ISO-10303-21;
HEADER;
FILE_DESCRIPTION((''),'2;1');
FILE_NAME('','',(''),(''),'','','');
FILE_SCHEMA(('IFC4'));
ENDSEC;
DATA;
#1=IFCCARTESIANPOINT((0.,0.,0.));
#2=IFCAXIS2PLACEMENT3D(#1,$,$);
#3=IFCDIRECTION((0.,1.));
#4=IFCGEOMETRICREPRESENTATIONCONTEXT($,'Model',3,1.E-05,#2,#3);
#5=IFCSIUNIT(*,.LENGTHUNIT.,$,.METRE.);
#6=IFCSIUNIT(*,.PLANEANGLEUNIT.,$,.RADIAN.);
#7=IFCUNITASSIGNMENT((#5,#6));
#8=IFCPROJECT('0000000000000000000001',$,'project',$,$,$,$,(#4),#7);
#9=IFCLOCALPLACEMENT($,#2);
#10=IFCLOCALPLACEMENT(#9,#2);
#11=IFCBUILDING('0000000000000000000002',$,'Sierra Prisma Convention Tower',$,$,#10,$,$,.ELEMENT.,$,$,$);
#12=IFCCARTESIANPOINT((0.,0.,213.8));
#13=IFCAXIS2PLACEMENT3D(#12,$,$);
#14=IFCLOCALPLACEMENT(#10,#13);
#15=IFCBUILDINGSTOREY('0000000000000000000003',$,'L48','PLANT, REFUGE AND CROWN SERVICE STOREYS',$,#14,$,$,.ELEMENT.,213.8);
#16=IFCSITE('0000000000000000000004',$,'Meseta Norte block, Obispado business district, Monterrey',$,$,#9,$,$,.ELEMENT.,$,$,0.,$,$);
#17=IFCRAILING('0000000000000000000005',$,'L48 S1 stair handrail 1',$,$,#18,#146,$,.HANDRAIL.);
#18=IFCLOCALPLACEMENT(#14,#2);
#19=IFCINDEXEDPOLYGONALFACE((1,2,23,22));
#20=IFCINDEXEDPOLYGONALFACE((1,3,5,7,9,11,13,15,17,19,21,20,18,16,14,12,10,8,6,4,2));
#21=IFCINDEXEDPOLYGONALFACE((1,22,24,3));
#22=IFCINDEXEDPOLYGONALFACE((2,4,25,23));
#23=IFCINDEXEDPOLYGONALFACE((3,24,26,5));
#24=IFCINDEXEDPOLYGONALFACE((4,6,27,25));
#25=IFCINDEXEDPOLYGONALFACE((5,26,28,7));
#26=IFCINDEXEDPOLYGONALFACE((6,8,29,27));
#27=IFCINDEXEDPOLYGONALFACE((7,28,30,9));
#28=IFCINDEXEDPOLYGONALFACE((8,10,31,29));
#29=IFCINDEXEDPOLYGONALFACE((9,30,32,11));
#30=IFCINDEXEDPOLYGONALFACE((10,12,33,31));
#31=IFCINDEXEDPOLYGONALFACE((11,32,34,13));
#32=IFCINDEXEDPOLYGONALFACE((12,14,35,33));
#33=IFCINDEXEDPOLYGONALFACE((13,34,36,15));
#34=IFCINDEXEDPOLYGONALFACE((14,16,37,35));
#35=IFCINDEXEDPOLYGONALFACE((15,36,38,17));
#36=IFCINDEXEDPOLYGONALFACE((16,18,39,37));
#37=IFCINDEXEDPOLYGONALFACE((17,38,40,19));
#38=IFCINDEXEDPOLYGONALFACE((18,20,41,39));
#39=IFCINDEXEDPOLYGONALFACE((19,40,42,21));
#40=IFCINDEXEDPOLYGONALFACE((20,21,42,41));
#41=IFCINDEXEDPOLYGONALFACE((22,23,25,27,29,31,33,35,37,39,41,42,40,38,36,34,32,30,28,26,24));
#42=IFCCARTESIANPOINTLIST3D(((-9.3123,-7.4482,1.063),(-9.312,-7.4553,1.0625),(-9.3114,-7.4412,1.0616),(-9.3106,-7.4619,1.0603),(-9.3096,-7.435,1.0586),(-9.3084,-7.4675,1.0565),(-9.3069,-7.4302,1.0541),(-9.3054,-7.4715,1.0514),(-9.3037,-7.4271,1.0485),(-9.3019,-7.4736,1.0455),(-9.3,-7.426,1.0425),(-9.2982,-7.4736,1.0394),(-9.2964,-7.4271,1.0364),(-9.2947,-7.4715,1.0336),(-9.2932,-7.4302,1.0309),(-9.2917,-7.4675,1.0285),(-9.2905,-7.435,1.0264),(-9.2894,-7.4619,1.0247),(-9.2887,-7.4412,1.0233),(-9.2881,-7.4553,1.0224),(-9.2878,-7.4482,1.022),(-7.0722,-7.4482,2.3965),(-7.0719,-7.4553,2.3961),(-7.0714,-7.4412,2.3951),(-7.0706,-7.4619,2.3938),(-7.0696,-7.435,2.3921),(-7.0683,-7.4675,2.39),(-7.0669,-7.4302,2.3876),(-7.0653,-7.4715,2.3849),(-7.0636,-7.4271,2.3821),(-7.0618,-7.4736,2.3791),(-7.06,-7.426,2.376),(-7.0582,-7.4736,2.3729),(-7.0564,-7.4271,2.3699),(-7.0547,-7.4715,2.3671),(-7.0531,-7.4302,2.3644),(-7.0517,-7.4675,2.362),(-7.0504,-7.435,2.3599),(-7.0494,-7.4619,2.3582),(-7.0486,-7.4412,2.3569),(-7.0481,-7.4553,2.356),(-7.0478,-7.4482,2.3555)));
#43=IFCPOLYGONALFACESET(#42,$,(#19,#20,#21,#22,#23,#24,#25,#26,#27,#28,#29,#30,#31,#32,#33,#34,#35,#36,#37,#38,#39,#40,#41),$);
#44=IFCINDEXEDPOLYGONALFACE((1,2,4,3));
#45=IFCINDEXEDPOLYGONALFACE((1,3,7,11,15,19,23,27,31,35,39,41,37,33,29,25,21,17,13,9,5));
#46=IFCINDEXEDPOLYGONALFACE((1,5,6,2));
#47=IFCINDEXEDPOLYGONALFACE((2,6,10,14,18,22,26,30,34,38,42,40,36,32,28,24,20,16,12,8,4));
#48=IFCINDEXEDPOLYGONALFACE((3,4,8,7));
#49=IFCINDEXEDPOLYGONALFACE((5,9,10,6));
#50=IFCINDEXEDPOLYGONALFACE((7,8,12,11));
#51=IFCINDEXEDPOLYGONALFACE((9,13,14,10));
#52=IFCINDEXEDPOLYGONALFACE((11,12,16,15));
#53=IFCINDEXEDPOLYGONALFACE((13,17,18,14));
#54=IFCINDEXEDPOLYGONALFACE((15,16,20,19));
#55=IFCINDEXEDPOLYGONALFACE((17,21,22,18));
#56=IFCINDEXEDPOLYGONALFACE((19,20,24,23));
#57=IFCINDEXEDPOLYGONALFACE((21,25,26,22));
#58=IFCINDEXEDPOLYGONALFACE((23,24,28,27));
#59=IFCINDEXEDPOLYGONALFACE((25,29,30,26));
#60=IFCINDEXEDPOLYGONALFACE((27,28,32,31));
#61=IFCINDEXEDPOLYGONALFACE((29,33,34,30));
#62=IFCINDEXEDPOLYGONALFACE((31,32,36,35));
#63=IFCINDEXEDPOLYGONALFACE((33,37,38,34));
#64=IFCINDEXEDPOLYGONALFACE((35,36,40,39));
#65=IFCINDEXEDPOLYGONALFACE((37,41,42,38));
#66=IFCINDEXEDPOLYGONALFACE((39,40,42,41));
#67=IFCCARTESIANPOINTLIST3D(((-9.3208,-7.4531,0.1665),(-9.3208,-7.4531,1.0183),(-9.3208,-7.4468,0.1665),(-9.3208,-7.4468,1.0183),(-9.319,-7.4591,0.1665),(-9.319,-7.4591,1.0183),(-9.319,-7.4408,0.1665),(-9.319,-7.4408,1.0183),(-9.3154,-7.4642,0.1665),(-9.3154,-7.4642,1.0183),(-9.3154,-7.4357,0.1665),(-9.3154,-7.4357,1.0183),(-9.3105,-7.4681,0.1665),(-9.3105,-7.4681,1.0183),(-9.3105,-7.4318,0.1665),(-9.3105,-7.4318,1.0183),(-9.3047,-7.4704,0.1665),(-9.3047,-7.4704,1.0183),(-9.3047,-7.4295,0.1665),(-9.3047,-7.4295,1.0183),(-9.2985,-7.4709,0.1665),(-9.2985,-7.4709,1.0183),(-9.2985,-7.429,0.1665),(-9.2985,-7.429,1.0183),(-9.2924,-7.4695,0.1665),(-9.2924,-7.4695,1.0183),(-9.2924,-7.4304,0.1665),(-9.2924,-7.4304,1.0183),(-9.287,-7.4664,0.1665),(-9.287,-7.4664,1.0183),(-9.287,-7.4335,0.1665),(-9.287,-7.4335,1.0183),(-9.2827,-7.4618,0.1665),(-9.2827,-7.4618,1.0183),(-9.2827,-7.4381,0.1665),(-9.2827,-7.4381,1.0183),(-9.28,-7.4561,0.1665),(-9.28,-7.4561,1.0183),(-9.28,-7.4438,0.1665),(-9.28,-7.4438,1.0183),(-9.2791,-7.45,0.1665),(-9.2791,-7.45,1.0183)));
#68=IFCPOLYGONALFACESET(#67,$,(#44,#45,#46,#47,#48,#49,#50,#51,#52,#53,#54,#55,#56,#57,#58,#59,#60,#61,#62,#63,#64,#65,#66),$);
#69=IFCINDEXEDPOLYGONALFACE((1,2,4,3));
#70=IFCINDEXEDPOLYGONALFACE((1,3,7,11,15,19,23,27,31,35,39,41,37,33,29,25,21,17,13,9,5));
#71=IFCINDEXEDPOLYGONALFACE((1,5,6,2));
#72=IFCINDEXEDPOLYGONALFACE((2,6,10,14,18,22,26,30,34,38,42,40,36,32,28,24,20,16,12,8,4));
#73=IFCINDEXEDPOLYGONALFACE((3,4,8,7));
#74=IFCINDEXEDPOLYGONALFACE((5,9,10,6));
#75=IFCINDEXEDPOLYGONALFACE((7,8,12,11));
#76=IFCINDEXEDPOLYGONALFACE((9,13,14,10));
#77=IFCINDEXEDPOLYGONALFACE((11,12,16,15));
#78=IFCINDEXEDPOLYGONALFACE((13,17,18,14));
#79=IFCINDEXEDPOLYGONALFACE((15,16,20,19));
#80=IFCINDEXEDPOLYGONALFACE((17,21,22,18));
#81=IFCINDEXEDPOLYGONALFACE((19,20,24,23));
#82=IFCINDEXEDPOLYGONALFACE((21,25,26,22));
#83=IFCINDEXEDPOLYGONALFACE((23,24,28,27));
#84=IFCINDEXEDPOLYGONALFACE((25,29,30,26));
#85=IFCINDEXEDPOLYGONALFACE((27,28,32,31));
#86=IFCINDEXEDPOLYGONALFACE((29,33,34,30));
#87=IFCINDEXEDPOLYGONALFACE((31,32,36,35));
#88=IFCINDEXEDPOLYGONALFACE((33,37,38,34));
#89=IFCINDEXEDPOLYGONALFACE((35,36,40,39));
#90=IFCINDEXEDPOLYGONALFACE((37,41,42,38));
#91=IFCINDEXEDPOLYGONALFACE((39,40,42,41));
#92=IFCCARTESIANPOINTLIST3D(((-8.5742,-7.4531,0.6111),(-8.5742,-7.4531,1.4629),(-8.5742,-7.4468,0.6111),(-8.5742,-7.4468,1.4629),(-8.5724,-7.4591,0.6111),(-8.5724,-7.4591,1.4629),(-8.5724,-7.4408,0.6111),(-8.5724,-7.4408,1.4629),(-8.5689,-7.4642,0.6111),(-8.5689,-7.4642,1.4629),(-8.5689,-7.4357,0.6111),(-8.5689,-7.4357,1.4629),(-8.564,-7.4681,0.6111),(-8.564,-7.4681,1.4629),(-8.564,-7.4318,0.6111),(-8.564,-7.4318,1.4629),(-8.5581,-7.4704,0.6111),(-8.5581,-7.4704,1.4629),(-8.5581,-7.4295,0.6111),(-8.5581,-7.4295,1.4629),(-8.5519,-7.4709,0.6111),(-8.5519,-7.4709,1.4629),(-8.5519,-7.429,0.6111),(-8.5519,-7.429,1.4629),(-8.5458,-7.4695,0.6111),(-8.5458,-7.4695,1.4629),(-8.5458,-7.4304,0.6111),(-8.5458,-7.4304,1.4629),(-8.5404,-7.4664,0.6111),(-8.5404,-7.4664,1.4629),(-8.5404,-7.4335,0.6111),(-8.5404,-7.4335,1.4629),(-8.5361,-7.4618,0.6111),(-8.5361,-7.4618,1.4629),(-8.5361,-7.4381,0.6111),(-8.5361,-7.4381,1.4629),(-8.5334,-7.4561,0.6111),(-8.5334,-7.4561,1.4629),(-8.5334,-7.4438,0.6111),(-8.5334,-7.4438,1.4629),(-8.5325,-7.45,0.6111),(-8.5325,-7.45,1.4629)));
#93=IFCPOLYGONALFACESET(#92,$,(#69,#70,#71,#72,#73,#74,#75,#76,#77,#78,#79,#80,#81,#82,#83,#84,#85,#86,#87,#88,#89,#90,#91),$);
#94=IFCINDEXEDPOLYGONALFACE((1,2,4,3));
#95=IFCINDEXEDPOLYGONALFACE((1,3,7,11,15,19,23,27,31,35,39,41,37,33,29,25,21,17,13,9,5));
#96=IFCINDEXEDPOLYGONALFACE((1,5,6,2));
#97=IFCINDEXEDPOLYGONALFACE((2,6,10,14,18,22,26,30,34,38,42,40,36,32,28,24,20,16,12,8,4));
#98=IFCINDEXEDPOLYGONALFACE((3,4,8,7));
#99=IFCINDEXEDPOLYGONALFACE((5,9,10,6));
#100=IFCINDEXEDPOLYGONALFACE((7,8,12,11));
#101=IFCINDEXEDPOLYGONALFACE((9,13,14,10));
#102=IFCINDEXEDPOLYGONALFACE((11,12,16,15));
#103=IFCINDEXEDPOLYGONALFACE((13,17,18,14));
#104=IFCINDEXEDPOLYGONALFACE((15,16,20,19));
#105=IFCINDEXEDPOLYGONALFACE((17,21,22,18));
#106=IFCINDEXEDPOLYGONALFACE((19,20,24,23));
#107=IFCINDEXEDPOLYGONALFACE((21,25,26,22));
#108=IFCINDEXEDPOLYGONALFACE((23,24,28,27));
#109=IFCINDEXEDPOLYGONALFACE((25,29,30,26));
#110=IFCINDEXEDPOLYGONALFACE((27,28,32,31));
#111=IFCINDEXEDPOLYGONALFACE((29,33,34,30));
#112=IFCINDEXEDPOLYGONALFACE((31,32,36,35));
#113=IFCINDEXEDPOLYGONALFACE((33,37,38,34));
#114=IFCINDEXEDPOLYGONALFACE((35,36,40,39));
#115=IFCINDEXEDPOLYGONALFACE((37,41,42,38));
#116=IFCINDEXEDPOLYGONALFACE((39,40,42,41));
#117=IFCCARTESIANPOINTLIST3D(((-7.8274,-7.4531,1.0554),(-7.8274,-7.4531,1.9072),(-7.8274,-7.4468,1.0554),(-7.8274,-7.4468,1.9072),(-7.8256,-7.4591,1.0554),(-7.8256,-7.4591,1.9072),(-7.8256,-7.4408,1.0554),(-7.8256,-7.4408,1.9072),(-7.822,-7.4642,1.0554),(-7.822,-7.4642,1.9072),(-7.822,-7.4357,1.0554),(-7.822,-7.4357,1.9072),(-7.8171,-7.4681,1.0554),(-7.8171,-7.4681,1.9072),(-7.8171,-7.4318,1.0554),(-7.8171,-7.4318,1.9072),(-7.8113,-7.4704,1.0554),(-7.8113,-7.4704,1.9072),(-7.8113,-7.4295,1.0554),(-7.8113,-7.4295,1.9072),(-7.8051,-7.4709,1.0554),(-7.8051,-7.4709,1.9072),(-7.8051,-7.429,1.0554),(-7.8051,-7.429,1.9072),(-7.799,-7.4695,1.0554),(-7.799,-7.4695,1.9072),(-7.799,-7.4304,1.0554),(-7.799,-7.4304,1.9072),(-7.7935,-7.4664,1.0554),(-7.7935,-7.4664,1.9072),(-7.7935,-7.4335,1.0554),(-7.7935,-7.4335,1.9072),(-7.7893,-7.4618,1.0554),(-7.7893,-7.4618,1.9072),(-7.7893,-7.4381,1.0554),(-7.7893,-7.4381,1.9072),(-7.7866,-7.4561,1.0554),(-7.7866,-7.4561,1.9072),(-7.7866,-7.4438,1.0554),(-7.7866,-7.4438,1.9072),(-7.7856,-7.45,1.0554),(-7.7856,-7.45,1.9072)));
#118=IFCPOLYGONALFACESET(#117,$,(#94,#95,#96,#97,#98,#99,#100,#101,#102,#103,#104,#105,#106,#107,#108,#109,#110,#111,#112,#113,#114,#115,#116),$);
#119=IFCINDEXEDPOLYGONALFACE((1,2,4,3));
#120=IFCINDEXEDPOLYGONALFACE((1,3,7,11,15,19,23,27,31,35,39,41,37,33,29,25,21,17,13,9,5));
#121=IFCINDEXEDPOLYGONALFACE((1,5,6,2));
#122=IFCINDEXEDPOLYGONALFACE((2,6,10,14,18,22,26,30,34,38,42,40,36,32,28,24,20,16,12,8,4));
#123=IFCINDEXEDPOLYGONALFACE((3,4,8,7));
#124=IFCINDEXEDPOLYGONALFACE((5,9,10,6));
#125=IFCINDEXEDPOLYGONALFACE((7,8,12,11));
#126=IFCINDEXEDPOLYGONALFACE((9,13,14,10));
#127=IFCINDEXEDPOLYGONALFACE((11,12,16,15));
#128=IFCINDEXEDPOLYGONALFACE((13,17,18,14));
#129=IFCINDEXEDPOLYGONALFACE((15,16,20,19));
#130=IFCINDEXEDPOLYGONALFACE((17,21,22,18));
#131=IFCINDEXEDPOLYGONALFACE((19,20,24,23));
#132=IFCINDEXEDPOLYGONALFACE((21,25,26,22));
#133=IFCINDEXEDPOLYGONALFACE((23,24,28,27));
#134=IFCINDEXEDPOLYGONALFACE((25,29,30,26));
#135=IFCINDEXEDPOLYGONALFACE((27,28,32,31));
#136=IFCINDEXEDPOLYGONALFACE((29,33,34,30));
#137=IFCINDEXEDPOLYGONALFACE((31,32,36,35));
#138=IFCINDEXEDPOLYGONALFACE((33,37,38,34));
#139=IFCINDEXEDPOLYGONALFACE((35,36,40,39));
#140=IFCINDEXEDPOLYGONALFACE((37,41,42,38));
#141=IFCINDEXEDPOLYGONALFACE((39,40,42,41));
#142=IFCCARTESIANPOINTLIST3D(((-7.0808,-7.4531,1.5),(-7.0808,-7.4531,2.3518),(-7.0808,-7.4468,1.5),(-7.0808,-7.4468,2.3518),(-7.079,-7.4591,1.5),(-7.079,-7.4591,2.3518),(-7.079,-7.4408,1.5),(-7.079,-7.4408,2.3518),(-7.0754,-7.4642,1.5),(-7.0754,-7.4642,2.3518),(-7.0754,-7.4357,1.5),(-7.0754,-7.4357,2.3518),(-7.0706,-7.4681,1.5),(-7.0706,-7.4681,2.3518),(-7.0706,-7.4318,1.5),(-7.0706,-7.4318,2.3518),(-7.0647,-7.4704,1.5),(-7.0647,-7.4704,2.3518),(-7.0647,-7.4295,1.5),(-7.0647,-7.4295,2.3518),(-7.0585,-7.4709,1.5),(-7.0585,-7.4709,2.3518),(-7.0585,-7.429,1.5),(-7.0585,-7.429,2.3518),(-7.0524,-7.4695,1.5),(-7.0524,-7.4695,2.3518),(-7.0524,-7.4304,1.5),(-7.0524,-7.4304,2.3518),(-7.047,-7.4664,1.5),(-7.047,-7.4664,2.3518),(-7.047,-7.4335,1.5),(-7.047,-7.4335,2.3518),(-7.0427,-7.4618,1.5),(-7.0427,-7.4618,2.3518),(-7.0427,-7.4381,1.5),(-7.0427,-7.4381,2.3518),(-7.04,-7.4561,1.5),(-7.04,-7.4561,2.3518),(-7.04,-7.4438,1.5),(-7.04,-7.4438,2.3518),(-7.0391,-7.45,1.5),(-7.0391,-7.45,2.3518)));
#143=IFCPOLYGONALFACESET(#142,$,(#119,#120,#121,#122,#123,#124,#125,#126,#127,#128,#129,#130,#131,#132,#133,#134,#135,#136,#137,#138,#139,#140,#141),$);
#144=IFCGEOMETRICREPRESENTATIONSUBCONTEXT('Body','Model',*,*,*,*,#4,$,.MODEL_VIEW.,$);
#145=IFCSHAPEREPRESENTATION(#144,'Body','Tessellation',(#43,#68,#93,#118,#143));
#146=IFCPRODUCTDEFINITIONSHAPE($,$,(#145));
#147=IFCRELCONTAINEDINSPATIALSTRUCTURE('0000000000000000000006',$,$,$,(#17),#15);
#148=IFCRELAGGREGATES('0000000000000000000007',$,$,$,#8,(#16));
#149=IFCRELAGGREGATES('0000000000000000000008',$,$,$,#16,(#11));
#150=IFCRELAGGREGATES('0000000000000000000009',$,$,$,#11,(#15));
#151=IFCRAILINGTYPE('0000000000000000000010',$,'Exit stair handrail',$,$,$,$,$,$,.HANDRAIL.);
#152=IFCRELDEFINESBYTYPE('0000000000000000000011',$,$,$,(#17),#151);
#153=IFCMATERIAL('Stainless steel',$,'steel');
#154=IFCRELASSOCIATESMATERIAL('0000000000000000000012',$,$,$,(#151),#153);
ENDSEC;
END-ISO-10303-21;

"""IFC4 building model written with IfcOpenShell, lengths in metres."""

from ifc_helpers import new_model, si_unit, direction, frame, origin, origin_2d, place, context, subcontext, project, spatial, circle, extrude, material, type_object, element, save


model = new_model("IFC4")

# Units and contexts
model_context = context("Model", 3, precision=1e-05, world=origin(), true_north=direction((0.0, 1.0)))
body_context = subcontext(model_context, "Body", "Model", "MODEL_VIEW")
ifc_project = project(units=[si_unit("LENGTHUNIT", "METRE"), si_unit("PLANEANGLEUNIT", "RADIAN")], contexts=[model_context])

# Site, building, storey
site_placement = place(None, origin())
site = spatial("IfcSite", under=ifc_project, at=site_placement, Name="Meseta Norte block, Obispado business district, Monterrey", CompositionType="ELEMENT", RefElevation=0.0)
building_placement = place(site_placement, origin())
building = spatial("IfcBuilding", under=site, at=building_placement, Name="Sierra Prisma Convention Tower", CompositionType="ELEMENT")
storey_placement = place(building_placement, frame((0.0, 0.0, 213.8)))
storey = spatial("IfcBuildingStorey", under=building, at=storey_placement, Name="L48", Description="PLANT, REFUGE AND CROWN SERVICE STOREYS", CompositionType="ELEMENT", Elevation=213.8)

# Railing
ifc_material_1 = material(Name="Stainless steel", Category="steel")
railing_type = type_object("IfcRailingType", Name="Exit stair handrail", PredefinedType="HANDRAIL", material=ifc_material_1)
for number, where, name in (
    (1, (-9.3, -7.45, 0.1665), "L48 S1 stair handrail 1"),
):
    element("IfcRailing", number, at=place(storey_placement, frame(where)), inside=storey, type_object=railing_type, Name=name, PredefinedType="HANDRAIL", context=body_context, shape_type="SweptSolid", body=[
        extrude(circle(Radius=0.0239, at=origin_2d()), frame((0.0, 0.0, 0.876), z_axis=(0.859264, 0.0, 0.511532), x_axis=(0.0, 1.0, 0.0)), (0.0, 0.0, 1.0), 2.6069),
        extrude(circle(Radius=0.021, at=origin_2d()), origin(), (0.0, 0.0, 1.0), 0.8518),
        extrude(circle(Radius=0.021, at=origin_2d()), frame((0.7466, 0.0, 0.4446)), (0.0, 0.0, 1.0), 0.8518),
        extrude(circle(Radius=0.021, at=origin_2d()), frame((1.4934, 0.0, 0.8889)), (0.0, 0.0, 1.0), 0.8518),
        extrude(circle(Radius=0.021, at=origin_2d()), frame((2.24, 0.0, 1.3335)), (0.0, 0.0, 1.0), 0.8518),
    ])

save(model, "model.ifc")
